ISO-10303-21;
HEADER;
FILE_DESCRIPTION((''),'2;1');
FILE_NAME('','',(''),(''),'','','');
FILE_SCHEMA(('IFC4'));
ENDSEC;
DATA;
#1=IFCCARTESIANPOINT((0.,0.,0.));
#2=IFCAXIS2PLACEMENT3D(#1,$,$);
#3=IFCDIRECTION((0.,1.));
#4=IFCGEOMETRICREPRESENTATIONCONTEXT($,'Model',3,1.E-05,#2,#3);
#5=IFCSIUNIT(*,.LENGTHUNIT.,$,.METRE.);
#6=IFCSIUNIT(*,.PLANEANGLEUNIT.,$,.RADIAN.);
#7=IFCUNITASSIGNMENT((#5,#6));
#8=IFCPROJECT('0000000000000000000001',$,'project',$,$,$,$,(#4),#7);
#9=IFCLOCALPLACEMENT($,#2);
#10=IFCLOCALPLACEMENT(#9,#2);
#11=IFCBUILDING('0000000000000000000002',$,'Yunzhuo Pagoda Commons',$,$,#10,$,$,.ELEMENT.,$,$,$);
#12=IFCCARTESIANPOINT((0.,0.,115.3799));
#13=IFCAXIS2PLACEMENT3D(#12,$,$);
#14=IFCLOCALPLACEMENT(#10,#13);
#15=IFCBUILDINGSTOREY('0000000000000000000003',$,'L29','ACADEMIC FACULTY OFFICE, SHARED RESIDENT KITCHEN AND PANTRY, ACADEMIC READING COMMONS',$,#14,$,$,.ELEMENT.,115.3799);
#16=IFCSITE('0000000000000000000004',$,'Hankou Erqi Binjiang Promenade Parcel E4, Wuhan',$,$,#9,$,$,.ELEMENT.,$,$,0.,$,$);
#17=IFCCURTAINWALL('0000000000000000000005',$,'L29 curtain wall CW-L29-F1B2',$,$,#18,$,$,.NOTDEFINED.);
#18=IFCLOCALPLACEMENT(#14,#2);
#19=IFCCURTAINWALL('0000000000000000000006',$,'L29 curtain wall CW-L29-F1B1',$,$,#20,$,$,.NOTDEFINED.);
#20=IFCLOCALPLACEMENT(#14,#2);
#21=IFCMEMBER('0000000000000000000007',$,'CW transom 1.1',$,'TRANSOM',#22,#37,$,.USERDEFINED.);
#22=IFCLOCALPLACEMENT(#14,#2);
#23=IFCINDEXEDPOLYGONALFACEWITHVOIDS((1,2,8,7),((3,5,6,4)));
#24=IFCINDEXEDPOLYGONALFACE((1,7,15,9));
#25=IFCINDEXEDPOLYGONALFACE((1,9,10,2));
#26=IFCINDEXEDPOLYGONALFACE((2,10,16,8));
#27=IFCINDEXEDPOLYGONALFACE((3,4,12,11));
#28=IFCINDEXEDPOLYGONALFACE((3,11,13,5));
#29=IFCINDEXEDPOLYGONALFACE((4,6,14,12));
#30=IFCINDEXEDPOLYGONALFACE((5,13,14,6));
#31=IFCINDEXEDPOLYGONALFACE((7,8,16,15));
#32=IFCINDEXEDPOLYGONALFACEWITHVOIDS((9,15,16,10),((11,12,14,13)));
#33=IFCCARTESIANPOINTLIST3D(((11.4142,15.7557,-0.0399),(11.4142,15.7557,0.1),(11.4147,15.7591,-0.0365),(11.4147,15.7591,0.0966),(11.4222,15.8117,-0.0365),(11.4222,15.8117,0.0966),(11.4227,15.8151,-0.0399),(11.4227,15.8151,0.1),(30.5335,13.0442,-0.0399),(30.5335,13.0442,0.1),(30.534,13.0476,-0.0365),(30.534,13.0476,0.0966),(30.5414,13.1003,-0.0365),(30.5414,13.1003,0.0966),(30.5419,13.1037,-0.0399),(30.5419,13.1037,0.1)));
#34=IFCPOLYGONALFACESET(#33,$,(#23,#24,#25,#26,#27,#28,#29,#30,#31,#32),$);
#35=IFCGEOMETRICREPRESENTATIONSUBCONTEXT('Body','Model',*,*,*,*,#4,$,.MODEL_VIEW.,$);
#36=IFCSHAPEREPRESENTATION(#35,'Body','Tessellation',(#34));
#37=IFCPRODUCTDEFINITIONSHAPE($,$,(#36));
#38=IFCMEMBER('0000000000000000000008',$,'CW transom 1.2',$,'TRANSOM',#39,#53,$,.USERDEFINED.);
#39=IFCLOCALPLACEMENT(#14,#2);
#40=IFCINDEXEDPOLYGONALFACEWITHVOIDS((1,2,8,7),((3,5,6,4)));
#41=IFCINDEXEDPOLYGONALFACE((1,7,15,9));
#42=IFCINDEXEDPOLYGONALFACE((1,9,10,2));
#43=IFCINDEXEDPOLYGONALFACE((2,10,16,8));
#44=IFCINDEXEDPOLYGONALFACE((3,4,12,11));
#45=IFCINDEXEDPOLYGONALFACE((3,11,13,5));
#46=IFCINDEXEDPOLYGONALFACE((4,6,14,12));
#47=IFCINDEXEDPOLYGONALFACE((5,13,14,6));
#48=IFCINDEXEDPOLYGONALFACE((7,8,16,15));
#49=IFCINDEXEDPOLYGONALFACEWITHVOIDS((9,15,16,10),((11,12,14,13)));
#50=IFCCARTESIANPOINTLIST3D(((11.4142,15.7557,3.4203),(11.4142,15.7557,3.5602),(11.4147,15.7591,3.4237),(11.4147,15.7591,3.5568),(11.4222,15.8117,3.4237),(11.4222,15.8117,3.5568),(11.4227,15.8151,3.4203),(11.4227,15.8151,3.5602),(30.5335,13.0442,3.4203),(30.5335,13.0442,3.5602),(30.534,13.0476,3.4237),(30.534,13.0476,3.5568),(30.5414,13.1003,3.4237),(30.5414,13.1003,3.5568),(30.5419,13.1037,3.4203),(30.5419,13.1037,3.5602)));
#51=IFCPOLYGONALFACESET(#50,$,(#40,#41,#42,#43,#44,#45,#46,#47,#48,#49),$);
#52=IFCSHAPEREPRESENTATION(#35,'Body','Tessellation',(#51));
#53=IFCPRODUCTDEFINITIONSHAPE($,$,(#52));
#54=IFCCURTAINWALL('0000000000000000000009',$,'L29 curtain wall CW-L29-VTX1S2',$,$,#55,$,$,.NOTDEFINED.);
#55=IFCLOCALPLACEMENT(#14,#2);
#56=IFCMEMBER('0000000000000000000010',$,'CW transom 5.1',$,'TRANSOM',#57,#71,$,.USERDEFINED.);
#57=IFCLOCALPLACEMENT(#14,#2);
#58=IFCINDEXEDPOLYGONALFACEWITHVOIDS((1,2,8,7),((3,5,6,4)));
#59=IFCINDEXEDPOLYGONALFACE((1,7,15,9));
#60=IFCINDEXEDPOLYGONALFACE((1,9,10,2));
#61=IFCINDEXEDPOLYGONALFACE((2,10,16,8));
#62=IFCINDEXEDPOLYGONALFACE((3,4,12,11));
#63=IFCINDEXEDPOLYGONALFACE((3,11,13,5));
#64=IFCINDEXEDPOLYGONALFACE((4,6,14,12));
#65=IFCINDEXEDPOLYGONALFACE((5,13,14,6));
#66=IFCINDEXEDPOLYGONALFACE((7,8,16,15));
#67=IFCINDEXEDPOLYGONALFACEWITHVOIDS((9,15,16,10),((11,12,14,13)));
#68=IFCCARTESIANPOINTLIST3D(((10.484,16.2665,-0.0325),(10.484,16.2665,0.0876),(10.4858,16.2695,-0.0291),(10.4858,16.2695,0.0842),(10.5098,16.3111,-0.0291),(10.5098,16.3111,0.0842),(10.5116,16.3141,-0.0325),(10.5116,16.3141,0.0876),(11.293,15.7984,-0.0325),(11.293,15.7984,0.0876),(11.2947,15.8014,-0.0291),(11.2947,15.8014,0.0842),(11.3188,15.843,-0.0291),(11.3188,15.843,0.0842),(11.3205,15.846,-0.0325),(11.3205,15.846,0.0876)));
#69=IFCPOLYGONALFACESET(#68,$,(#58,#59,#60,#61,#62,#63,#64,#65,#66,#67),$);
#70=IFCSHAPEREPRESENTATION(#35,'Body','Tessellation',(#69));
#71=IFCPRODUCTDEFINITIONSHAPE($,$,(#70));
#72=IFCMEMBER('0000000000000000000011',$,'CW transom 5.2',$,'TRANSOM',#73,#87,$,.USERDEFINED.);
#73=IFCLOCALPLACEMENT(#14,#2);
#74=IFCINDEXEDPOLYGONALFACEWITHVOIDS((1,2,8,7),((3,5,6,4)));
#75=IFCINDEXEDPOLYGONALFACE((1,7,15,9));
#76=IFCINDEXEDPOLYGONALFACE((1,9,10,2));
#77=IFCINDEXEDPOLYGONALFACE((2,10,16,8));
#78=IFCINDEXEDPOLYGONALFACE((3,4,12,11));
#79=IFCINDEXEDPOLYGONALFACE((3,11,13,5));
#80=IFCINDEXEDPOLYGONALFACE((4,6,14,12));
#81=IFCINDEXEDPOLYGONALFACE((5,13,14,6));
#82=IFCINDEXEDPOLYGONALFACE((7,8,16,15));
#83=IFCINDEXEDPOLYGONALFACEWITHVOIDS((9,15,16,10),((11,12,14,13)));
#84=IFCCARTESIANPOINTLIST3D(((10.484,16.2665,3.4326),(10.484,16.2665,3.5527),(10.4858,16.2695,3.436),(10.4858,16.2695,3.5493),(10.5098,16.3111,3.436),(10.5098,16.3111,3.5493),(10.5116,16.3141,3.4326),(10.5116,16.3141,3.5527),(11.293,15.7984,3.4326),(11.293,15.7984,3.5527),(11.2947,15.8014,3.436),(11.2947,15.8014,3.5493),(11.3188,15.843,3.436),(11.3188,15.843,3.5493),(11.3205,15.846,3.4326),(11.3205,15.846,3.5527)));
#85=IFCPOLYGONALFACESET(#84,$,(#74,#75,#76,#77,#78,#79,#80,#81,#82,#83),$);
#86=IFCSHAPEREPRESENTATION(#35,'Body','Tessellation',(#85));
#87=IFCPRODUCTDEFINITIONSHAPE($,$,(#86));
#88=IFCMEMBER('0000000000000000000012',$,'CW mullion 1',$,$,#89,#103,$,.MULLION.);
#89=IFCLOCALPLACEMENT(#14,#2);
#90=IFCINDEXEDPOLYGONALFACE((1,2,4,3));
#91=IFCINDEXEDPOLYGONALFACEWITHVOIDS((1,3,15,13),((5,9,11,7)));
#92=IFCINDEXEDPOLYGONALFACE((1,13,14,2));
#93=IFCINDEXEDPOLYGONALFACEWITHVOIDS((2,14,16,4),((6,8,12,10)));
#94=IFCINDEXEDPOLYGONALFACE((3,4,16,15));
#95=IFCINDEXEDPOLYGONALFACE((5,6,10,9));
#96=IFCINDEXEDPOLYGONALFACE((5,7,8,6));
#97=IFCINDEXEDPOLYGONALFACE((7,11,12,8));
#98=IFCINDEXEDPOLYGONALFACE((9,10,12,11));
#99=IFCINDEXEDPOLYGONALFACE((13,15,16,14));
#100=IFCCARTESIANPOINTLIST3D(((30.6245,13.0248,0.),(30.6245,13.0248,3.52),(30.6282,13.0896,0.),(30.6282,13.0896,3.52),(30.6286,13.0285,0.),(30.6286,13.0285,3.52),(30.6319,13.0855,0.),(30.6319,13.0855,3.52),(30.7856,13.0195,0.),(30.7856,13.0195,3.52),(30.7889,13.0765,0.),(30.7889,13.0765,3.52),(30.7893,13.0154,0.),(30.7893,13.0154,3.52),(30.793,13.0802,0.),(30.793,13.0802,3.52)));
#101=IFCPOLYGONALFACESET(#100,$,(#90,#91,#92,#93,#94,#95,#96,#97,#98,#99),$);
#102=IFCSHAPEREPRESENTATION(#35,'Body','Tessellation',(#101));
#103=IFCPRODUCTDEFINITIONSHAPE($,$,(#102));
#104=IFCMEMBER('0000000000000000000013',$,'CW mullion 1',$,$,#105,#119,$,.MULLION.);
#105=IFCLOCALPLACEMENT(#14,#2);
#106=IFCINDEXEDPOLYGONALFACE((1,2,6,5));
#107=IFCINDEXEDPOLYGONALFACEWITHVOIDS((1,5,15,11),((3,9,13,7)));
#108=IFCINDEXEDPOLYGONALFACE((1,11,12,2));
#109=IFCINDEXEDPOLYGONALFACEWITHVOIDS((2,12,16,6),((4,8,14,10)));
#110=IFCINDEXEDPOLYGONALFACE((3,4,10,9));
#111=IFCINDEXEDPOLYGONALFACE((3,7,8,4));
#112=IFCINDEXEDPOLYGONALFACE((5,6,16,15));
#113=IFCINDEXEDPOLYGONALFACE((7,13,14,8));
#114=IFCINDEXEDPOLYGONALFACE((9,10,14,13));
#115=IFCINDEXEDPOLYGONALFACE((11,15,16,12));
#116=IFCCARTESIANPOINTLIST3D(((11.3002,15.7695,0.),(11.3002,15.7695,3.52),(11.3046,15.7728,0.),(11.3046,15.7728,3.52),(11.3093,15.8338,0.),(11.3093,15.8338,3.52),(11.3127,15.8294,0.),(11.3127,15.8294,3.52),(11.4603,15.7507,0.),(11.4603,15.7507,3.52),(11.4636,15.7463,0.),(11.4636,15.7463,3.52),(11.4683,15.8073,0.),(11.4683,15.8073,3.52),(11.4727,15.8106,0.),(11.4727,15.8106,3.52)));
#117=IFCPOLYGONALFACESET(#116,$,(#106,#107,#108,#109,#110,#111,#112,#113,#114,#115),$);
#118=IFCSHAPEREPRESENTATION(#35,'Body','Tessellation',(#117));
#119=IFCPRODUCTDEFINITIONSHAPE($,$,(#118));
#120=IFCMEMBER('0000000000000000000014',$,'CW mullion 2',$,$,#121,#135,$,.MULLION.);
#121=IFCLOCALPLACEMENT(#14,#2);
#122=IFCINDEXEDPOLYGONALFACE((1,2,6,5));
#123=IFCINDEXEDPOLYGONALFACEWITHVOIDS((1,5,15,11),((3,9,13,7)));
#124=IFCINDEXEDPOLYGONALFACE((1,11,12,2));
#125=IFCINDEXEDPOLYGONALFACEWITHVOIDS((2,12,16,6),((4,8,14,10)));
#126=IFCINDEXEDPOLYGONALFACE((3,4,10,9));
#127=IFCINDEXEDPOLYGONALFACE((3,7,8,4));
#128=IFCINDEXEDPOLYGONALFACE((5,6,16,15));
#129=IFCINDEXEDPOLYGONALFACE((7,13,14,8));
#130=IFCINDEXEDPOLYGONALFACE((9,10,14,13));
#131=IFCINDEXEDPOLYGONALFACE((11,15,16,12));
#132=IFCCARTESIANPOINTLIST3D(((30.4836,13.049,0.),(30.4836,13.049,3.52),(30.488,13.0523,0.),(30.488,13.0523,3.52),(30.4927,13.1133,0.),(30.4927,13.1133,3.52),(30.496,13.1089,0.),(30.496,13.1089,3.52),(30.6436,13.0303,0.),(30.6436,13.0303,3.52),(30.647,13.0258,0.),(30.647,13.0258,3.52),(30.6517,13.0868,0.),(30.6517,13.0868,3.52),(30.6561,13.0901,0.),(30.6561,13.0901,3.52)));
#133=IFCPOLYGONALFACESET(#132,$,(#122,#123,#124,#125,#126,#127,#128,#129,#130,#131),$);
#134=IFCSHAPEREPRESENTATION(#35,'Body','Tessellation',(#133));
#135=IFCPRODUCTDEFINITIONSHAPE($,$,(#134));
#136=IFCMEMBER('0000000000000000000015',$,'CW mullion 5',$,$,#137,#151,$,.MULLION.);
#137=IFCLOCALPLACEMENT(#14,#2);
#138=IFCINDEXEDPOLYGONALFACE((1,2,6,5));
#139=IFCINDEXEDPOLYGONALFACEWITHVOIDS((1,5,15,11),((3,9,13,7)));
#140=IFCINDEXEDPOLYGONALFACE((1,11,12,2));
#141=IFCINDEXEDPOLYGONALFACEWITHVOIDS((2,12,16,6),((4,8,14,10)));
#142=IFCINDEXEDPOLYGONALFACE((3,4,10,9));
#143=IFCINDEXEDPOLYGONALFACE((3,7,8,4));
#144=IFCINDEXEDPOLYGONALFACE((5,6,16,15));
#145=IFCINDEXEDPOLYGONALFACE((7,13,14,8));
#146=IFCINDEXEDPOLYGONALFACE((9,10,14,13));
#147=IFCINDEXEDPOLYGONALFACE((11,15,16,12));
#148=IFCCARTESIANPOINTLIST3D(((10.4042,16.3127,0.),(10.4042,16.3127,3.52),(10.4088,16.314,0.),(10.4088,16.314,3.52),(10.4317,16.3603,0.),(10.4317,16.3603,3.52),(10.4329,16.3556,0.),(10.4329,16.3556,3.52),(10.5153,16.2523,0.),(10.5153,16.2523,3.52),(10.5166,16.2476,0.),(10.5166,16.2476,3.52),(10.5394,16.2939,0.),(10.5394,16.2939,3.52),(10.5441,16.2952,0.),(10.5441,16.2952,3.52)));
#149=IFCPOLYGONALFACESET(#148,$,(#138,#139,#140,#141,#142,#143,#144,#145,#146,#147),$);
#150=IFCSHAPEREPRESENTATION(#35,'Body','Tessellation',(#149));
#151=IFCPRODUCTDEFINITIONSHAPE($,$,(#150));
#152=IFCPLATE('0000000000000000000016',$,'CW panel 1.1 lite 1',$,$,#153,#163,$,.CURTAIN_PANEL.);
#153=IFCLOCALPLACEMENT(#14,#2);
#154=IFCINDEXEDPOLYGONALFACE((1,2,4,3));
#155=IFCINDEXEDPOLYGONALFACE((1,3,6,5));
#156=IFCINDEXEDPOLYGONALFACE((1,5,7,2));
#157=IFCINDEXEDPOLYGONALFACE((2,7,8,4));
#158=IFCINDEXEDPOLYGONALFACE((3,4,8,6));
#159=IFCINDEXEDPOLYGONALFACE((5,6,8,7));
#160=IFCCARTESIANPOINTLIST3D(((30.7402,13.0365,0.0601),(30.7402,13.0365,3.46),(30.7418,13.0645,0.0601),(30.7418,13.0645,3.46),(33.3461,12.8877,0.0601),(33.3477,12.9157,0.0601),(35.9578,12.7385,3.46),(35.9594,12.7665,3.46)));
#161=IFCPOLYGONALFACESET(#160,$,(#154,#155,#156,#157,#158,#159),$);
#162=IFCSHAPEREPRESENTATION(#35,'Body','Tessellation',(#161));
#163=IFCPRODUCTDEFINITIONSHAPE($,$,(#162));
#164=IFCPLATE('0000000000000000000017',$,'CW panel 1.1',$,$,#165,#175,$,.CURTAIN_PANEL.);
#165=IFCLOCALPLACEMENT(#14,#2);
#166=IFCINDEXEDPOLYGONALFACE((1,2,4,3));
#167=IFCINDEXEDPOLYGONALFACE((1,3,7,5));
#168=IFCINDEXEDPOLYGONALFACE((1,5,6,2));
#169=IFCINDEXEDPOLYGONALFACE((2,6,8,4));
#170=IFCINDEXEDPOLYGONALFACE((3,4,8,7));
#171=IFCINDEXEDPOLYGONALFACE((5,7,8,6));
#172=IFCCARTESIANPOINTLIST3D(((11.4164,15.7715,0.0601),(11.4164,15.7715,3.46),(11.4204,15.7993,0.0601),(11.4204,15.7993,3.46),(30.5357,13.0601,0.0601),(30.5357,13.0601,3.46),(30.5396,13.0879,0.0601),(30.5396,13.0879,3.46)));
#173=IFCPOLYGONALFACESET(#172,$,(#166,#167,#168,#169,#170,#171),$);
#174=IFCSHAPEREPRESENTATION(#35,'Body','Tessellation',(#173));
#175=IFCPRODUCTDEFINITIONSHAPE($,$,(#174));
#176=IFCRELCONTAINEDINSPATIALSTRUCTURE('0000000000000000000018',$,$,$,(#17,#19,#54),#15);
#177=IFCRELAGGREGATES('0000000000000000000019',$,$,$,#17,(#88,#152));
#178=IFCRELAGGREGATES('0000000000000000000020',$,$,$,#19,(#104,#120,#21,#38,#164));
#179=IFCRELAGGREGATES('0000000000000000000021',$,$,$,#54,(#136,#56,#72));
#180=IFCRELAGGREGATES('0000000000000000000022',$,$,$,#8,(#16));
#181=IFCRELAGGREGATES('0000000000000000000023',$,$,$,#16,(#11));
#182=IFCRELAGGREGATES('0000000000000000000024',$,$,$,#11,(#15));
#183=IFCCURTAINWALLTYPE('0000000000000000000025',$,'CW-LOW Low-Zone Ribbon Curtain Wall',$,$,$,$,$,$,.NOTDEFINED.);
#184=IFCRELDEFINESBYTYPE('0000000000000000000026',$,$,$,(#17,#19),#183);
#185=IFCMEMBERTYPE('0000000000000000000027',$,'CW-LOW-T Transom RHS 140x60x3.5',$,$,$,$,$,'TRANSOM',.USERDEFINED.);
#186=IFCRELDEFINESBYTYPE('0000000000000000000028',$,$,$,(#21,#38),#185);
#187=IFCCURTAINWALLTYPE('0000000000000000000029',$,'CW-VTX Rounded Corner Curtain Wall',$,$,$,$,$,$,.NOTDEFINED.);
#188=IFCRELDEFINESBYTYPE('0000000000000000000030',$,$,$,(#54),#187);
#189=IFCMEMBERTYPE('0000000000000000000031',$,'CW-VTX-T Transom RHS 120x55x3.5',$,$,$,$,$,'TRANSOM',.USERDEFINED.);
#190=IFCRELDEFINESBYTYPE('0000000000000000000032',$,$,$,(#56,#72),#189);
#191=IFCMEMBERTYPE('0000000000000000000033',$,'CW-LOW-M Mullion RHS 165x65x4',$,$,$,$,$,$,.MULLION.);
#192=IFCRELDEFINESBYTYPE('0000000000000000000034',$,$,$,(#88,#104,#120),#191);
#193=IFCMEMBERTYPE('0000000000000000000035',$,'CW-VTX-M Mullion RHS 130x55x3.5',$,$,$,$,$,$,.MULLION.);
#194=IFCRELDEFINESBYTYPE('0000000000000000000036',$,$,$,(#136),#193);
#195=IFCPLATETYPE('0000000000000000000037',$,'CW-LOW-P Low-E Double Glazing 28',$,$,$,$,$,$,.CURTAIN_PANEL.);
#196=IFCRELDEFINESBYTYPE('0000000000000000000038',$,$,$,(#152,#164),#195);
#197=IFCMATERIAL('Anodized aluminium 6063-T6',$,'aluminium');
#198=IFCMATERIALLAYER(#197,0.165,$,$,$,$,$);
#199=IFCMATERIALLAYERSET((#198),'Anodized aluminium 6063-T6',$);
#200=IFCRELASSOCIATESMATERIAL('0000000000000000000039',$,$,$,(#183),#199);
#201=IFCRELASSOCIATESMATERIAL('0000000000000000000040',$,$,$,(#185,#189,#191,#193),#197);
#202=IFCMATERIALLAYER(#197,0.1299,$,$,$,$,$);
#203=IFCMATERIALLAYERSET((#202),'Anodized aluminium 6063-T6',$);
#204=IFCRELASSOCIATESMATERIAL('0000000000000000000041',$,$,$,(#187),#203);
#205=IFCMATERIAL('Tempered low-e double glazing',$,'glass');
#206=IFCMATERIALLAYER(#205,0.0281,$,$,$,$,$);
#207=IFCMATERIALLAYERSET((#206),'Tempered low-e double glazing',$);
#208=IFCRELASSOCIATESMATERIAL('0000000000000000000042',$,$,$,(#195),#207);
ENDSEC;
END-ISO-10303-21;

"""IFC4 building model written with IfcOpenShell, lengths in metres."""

from ifc_helpers import new_model, si_unit, direction, frame, origin, origin_2d, place, context, subcontext, project, spatial, polyline, rectangle, hollow_rectangle, outline, extrude, source, transform, mapped, material, layer, layer_set, material_profile, profile_set, type_object, element, aggregate, save


model = new_model("IFC4")

# Units and contexts
model_context = context("Model", 3, precision=1e-05, world=origin(), true_north=direction((0.0, 1.0)))
body_context = subcontext(model_context, "Body", "Model", "MODEL_VIEW")
ifc_project = project(units=[si_unit("LENGTHUNIT", "METRE"), si_unit("PLANEANGLEUNIT", "RADIAN")], contexts=[model_context])

# Site, building, storey
site_placement = place(None, origin())
site = spatial("IfcSite", under=ifc_project, at=site_placement, Name="Hankou Erqi Binjiang Promenade Parcel E4, Wuhan", CompositionType="ELEMENT", RefElevation=0.0)
building_placement = place(site_placement, origin())
building = spatial("IfcBuilding", under=site, at=building_placement, Name="Yunzhuo Pagoda Commons", CompositionType="ELEMENT")
storey_placement = place(building_placement, frame((0.0, 0.0, 115.3799)))
storey = spatial("IfcBuildingStorey", under=building, at=storey_placement, Name="L29", Description="ACADEMIC FACULTY OFFICE, SHARED RESIDENT KITCHEN AND PANTRY, ACADEMIC READING COMMONS", CompositionType="ELEMENT", Elevation=115.3799)

# Curtain walls, members
ifc_material_1 = material(Name="Anodized aluminium 6063-T6", Category="aluminium")
ifc_layer_1 = layer(ifc_material_1, 0.165)
ifc_layer_set_1 = layer_set([ifc_layer_1], Name="Anodized aluminium 6063-T6")
curtain_wall_type_1 = type_object("IfcCurtainWallType", Name="CW-LOW Low-Zone Ribbon Curtain Wall", PredefinedType="NOTDEFINED", material=ifc_layer_set_1)
curtain_wall_1_placement = place(storey_placement, origin())
curtain_wall_1 = element("IfcCurtainWall", 1, at=curtain_wall_1_placement, inside=storey, type_object=curtain_wall_type_1, Name="L29 curtain wall CW-L29-F1B2", PredefinedType="NOTDEFINED")
ifc_material_profile_1 = material_profile(ifc_material_1, hollow_rectangle(XDim=0.0601, YDim=0.1399, WallThickness=0.0034, at=origin_2d()), Name="Anodized aluminium 6063-T6")
ifc_profile_set_1 = profile_set([ifc_material_profile_1], Name="Anodized aluminium 6063-T6")
member_type_1 = type_object("IfcMemberType", Name="CW-LOW-T Transom RHS 140x60x3.5", ElementType="TRANSOM", PredefinedType="USERDEFINED", material=ifc_profile_set_1)
curtain_wall_2_placement = place(storey_placement, origin())
curtain_wall_2 = element("IfcCurtainWall", 2, at=curtain_wall_2_placement, inside=storey, type_object=curtain_wall_type_1, Name="L29 curtain wall CW-L29-F1B1", PredefinedType="NOTDEFINED")
shared_shape_1 = source(origin(), body_context, "Body", "SweptSolid", [
    extrude(hollow_rectangle(XDim=0.0601, YDim=0.1399, WallThickness=0.0034, at=origin_2d()), origin(), (0.0, 0.0, 1.0), 19.3105),
])
member_1_placement = place(storey_placement, frame((11.4185, 15.7854, 0.03), z_axis=(0.990093, -0.140412, 0.0), x_axis=(0.140412, 0.990093, 0.0)))
member_1 = element("IfcMember", 3, at=member_1_placement, type_object=member_type_1, Name="CW transom 1.1", ObjectType="TRANSOM", PredefinedType="USERDEFINED", context=body_context, shape_type="MappedRepresentation", body=[
    mapped(shared_shape_1, transform((0.0, 0.0, 0.0), scale=1.0)),
])
member_2_placement = place(storey_placement, frame((11.4185, 15.7854, 3.4902), z_axis=(0.990093, -0.140412, 0.0), x_axis=(0.140412, 0.990093, 0.0)))
member_2 = element("IfcMember", 4, at=member_2_placement, type_object=member_type_1, Name="CW transom 1.2", ObjectType="TRANSOM", PredefinedType="USERDEFINED", context=body_context, shape_type="MappedRepresentation", body=[
    mapped(shared_shape_1, transform((0.0, 0.0, 0.0), scale=1.0)),
])
ifc_layer_2 = layer(ifc_material_1, 0.1299)
ifc_layer_set_2 = layer_set([ifc_layer_2], Name="Anodized aluminium 6063-T6")
curtain_wall_type_2 = type_object("IfcCurtainWallType", Name="CW-VTX Rounded Corner Curtain Wall", PredefinedType="NOTDEFINED", material=ifc_layer_set_2)
curtain_wall_3_placement = place(storey_placement, origin())
curtain_wall_3 = element("IfcCurtainWall", 5, at=curtain_wall_3_placement, inside=storey, type_object=curtain_wall_type_2, Name="L29 curtain wall CW-L29-VTX1S2", PredefinedType="NOTDEFINED")
ifc_material_profile_2 = material_profile(ifc_material_1, hollow_rectangle(XDim=0.0549, YDim=0.1201, WallThickness=0.0034, at=origin_2d()), Name="Anodized aluminium 6063-T6")
ifc_profile_set_2 = profile_set([ifc_material_profile_2], Name="Anodized aluminium 6063-T6")
member_type_2 = type_object("IfcMemberType", Name="CW-VTX-T Transom RHS 120x55x3.5", ElementType="TRANSOM", PredefinedType="USERDEFINED", material=ifc_profile_set_2)
shared_shape_2 = source(origin(), body_context, "Body", "SweptSolid", [
    extrude(hollow_rectangle(XDim=0.0549, YDim=0.1201, WallThickness=0.0034, at=origin_2d()), origin(), (0.0, 0.0, 1.0), 0.9346),
])
member_3_placement = place(storey_placement, frame((10.4978, 16.2903, 0.0276), z_axis=(0.865546, -0.50083, 0.0), x_axis=(0.50083, 0.865546, 0.0)))
member_3 = element("IfcMember", 6, at=member_3_placement, type_object=member_type_2, Name="CW transom 5.1", ObjectType="TRANSOM", PredefinedType="USERDEFINED", context=body_context, shape_type="MappedRepresentation", body=[
    mapped(shared_shape_2, transform((0.0, 0.0, 0.0), scale=1.0)),
])
member_4_placement = place(storey_placement, frame((10.4978, 16.2903, 3.4927), z_axis=(0.865546, -0.50083, 0.0), x_axis=(0.50083, 0.865546, 0.0)))
member_4 = element("IfcMember", 7, at=member_4_placement, type_object=member_type_2, Name="CW transom 5.2", ObjectType="TRANSOM", PredefinedType="USERDEFINED", context=body_context, shape_type="MappedRepresentation", body=[
    mapped(shared_shape_2, transform((0.0, 0.0, 0.0), scale=1.0)),
])

# Members
ifc_material_profile_3 = material_profile(ifc_material_1, hollow_rectangle(XDim=0.0649, YDim=0.165, WallThickness=0.0039, at=origin_2d()), Name="Anodized aluminium 6063-T6")
ifc_profile_set_3 = profile_set([ifc_material_profile_3], Name="Anodized aluminium 6063-T6")
member_type_3 = type_object("IfcMemberType", Name="CW-LOW-M Mullion RHS 165x65x4", PredefinedType="MULLION", material=ifc_profile_set_3)
shared_shape_3 = source(origin(), body_context, "Body", "SweptSolid", [
    extrude(hollow_rectangle(XDim=0.0649, YDim=0.165, WallThickness=0.0039, at=origin_2d()), origin(), (0.0, 0.0, 1.0), 3.52),
])
member_5_placement = place(storey_placement, frame((30.7087, 13.0525, 0.0), z_axis=(0.0, 0.0, 1.0), x_axis=(0.057028, 0.998373, 0.0)))
member_5 = element("IfcMember", 8, at=member_5_placement, type_object=member_type_3, Name="CW mullion 1", PredefinedType="MULLION", context=body_context, shape_type="MappedRepresentation", body=[
    mapped(shared_shape_3, transform((0.0, 0.0, 0.0), scale=1.0)),
])
member_6_placement = place(storey_placement, frame((11.3865, 15.79, 0.0), z_axis=(0.0, 0.0, 1.0), x_axis=(0.140408, 0.990094, 0.0)))
member_6 = element("IfcMember", 9, at=member_6_placement, type_object=member_type_3, Name="CW mullion 1", PredefinedType="MULLION", context=body_context, shape_type="MappedRepresentation", body=[
    mapped(shared_shape_3, transform((0.0, 0.0, 0.0), scale=1.0)),
])
member_7_placement = place(storey_placement, frame((30.5698, 13.0696, 0.0), z_axis=(0.0, 0.0, 1.0), x_axis=(0.140408, 0.990094, 0.0)))
member_7 = element("IfcMember", 10, at=member_7_placement, type_object=member_type_3, Name="CW mullion 2", PredefinedType="MULLION", context=body_context, shape_type="MappedRepresentation", body=[
    mapped(shared_shape_3, transform((0.0, 0.0, 0.0), scale=1.0)),
])
ifc_material_profile_4 = material_profile(ifc_material_1, hollow_rectangle(XDim=0.0549, YDim=0.1299, WallThickness=0.0034, at=origin_2d()), Name="Anodized aluminium 6063-T6")
ifc_profile_set_4 = profile_set([ifc_material_profile_4], Name="Anodized aluminium 6063-T6")
member_type_4 = type_object("IfcMemberType", Name="CW-VTX-M Mullion RHS 130x55x3.5", PredefinedType="MULLION", material=ifc_profile_set_4)
shared_shape_4 = source(origin(), body_context, "Body", "SweptSolid", [
    extrude(hollow_rectangle(XDim=0.0549, YDim=0.1299, WallThickness=0.0034, at=origin_2d()), origin(), (0.0, 0.0, 1.0), 3.52),
])
member_8_placement = place(storey_placement, frame((10.4741, 16.304, 0.0), z_axis=(0.0, 0.0, 1.0), x_axis=(0.501032, 0.865429, 0.0)))
member_8 = element("IfcMember", 11, at=member_8_placement, type_object=member_type_4, Name="CW mullion 5", PredefinedType="MULLION", context=body_context, shape_type="MappedRepresentation", body=[
    mapped(shared_shape_4, transform((0.0, 0.0, 0.0), scale=1.0)),
])

# Plates
ifc_material_2 = material(Name="Tempered low-e double glazing", Category="glass")
ifc_layer_3 = layer(ifc_material_2, 0.0281)
ifc_layer_set_3 = layer_set([ifc_layer_3], Name="Tempered low-e double glazing")
plate_type_1 = type_object("IfcPlateType", Name="CW-LOW-P Low-E Double Glazing 28", PredefinedType="CURTAIN_PANEL", material=ifc_layer_set_3)
plate_1_placement = place(storey_placement, frame((33.3506, 12.9155, 1.76), z_axis=(-0.057028, -0.998373, 0.0), x_axis=(0.998373, -0.057028, 0.0)))
plate_1 = element("IfcPlate", 12, at=plate_1_placement, type_object=plate_type_1, Name="CW panel 1.1 lite 1", PredefinedType="CURTAIN_PANEL", context=body_context, shape_type="SweptSolid", body=[
    extrude(outline(polyline([(-2.613, -1.7), (-0.0029, -1.7), (2.613, 1.7), (-2.613, 1.7), (-2.613, -1.7)])), origin(), (0.0, 0.0, 1.0), 0.0281),
])
aggregate(curtain_wall_1, [member_5, plate_1])
shared_shape_5 = source(origin(), body_context, "Body", "SweptSolid", [
    extrude(rectangle(XDim=19.3105, YDim=0.0281, at=origin_2d()), origin(), (0.0, 0.0, 1.0), 3.3999),
])
plate_2_placement = place(storey_placement, frame((20.978, 14.4297, 0.0601), z_axis=(0.0, 0.0, 1.0), x_axis=(0.990094, -0.140408, 0.0)))
plate_2 = element("IfcPlate", 13, at=plate_2_placement, type_object=plate_type_1, Name="CW panel 1.1", PredefinedType="CURTAIN_PANEL", context=body_context, shape_type="MappedRepresentation", body=[
    mapped(shared_shape_5, transform((0.0, 0.0, 0.0), scale=1.0)),
])
aggregate(curtain_wall_2, [member_6, member_7, member_1, member_2, plate_2])
aggregate(curtain_wall_3, [member_8, member_3, member_4])

save(model, "model.ifc")
